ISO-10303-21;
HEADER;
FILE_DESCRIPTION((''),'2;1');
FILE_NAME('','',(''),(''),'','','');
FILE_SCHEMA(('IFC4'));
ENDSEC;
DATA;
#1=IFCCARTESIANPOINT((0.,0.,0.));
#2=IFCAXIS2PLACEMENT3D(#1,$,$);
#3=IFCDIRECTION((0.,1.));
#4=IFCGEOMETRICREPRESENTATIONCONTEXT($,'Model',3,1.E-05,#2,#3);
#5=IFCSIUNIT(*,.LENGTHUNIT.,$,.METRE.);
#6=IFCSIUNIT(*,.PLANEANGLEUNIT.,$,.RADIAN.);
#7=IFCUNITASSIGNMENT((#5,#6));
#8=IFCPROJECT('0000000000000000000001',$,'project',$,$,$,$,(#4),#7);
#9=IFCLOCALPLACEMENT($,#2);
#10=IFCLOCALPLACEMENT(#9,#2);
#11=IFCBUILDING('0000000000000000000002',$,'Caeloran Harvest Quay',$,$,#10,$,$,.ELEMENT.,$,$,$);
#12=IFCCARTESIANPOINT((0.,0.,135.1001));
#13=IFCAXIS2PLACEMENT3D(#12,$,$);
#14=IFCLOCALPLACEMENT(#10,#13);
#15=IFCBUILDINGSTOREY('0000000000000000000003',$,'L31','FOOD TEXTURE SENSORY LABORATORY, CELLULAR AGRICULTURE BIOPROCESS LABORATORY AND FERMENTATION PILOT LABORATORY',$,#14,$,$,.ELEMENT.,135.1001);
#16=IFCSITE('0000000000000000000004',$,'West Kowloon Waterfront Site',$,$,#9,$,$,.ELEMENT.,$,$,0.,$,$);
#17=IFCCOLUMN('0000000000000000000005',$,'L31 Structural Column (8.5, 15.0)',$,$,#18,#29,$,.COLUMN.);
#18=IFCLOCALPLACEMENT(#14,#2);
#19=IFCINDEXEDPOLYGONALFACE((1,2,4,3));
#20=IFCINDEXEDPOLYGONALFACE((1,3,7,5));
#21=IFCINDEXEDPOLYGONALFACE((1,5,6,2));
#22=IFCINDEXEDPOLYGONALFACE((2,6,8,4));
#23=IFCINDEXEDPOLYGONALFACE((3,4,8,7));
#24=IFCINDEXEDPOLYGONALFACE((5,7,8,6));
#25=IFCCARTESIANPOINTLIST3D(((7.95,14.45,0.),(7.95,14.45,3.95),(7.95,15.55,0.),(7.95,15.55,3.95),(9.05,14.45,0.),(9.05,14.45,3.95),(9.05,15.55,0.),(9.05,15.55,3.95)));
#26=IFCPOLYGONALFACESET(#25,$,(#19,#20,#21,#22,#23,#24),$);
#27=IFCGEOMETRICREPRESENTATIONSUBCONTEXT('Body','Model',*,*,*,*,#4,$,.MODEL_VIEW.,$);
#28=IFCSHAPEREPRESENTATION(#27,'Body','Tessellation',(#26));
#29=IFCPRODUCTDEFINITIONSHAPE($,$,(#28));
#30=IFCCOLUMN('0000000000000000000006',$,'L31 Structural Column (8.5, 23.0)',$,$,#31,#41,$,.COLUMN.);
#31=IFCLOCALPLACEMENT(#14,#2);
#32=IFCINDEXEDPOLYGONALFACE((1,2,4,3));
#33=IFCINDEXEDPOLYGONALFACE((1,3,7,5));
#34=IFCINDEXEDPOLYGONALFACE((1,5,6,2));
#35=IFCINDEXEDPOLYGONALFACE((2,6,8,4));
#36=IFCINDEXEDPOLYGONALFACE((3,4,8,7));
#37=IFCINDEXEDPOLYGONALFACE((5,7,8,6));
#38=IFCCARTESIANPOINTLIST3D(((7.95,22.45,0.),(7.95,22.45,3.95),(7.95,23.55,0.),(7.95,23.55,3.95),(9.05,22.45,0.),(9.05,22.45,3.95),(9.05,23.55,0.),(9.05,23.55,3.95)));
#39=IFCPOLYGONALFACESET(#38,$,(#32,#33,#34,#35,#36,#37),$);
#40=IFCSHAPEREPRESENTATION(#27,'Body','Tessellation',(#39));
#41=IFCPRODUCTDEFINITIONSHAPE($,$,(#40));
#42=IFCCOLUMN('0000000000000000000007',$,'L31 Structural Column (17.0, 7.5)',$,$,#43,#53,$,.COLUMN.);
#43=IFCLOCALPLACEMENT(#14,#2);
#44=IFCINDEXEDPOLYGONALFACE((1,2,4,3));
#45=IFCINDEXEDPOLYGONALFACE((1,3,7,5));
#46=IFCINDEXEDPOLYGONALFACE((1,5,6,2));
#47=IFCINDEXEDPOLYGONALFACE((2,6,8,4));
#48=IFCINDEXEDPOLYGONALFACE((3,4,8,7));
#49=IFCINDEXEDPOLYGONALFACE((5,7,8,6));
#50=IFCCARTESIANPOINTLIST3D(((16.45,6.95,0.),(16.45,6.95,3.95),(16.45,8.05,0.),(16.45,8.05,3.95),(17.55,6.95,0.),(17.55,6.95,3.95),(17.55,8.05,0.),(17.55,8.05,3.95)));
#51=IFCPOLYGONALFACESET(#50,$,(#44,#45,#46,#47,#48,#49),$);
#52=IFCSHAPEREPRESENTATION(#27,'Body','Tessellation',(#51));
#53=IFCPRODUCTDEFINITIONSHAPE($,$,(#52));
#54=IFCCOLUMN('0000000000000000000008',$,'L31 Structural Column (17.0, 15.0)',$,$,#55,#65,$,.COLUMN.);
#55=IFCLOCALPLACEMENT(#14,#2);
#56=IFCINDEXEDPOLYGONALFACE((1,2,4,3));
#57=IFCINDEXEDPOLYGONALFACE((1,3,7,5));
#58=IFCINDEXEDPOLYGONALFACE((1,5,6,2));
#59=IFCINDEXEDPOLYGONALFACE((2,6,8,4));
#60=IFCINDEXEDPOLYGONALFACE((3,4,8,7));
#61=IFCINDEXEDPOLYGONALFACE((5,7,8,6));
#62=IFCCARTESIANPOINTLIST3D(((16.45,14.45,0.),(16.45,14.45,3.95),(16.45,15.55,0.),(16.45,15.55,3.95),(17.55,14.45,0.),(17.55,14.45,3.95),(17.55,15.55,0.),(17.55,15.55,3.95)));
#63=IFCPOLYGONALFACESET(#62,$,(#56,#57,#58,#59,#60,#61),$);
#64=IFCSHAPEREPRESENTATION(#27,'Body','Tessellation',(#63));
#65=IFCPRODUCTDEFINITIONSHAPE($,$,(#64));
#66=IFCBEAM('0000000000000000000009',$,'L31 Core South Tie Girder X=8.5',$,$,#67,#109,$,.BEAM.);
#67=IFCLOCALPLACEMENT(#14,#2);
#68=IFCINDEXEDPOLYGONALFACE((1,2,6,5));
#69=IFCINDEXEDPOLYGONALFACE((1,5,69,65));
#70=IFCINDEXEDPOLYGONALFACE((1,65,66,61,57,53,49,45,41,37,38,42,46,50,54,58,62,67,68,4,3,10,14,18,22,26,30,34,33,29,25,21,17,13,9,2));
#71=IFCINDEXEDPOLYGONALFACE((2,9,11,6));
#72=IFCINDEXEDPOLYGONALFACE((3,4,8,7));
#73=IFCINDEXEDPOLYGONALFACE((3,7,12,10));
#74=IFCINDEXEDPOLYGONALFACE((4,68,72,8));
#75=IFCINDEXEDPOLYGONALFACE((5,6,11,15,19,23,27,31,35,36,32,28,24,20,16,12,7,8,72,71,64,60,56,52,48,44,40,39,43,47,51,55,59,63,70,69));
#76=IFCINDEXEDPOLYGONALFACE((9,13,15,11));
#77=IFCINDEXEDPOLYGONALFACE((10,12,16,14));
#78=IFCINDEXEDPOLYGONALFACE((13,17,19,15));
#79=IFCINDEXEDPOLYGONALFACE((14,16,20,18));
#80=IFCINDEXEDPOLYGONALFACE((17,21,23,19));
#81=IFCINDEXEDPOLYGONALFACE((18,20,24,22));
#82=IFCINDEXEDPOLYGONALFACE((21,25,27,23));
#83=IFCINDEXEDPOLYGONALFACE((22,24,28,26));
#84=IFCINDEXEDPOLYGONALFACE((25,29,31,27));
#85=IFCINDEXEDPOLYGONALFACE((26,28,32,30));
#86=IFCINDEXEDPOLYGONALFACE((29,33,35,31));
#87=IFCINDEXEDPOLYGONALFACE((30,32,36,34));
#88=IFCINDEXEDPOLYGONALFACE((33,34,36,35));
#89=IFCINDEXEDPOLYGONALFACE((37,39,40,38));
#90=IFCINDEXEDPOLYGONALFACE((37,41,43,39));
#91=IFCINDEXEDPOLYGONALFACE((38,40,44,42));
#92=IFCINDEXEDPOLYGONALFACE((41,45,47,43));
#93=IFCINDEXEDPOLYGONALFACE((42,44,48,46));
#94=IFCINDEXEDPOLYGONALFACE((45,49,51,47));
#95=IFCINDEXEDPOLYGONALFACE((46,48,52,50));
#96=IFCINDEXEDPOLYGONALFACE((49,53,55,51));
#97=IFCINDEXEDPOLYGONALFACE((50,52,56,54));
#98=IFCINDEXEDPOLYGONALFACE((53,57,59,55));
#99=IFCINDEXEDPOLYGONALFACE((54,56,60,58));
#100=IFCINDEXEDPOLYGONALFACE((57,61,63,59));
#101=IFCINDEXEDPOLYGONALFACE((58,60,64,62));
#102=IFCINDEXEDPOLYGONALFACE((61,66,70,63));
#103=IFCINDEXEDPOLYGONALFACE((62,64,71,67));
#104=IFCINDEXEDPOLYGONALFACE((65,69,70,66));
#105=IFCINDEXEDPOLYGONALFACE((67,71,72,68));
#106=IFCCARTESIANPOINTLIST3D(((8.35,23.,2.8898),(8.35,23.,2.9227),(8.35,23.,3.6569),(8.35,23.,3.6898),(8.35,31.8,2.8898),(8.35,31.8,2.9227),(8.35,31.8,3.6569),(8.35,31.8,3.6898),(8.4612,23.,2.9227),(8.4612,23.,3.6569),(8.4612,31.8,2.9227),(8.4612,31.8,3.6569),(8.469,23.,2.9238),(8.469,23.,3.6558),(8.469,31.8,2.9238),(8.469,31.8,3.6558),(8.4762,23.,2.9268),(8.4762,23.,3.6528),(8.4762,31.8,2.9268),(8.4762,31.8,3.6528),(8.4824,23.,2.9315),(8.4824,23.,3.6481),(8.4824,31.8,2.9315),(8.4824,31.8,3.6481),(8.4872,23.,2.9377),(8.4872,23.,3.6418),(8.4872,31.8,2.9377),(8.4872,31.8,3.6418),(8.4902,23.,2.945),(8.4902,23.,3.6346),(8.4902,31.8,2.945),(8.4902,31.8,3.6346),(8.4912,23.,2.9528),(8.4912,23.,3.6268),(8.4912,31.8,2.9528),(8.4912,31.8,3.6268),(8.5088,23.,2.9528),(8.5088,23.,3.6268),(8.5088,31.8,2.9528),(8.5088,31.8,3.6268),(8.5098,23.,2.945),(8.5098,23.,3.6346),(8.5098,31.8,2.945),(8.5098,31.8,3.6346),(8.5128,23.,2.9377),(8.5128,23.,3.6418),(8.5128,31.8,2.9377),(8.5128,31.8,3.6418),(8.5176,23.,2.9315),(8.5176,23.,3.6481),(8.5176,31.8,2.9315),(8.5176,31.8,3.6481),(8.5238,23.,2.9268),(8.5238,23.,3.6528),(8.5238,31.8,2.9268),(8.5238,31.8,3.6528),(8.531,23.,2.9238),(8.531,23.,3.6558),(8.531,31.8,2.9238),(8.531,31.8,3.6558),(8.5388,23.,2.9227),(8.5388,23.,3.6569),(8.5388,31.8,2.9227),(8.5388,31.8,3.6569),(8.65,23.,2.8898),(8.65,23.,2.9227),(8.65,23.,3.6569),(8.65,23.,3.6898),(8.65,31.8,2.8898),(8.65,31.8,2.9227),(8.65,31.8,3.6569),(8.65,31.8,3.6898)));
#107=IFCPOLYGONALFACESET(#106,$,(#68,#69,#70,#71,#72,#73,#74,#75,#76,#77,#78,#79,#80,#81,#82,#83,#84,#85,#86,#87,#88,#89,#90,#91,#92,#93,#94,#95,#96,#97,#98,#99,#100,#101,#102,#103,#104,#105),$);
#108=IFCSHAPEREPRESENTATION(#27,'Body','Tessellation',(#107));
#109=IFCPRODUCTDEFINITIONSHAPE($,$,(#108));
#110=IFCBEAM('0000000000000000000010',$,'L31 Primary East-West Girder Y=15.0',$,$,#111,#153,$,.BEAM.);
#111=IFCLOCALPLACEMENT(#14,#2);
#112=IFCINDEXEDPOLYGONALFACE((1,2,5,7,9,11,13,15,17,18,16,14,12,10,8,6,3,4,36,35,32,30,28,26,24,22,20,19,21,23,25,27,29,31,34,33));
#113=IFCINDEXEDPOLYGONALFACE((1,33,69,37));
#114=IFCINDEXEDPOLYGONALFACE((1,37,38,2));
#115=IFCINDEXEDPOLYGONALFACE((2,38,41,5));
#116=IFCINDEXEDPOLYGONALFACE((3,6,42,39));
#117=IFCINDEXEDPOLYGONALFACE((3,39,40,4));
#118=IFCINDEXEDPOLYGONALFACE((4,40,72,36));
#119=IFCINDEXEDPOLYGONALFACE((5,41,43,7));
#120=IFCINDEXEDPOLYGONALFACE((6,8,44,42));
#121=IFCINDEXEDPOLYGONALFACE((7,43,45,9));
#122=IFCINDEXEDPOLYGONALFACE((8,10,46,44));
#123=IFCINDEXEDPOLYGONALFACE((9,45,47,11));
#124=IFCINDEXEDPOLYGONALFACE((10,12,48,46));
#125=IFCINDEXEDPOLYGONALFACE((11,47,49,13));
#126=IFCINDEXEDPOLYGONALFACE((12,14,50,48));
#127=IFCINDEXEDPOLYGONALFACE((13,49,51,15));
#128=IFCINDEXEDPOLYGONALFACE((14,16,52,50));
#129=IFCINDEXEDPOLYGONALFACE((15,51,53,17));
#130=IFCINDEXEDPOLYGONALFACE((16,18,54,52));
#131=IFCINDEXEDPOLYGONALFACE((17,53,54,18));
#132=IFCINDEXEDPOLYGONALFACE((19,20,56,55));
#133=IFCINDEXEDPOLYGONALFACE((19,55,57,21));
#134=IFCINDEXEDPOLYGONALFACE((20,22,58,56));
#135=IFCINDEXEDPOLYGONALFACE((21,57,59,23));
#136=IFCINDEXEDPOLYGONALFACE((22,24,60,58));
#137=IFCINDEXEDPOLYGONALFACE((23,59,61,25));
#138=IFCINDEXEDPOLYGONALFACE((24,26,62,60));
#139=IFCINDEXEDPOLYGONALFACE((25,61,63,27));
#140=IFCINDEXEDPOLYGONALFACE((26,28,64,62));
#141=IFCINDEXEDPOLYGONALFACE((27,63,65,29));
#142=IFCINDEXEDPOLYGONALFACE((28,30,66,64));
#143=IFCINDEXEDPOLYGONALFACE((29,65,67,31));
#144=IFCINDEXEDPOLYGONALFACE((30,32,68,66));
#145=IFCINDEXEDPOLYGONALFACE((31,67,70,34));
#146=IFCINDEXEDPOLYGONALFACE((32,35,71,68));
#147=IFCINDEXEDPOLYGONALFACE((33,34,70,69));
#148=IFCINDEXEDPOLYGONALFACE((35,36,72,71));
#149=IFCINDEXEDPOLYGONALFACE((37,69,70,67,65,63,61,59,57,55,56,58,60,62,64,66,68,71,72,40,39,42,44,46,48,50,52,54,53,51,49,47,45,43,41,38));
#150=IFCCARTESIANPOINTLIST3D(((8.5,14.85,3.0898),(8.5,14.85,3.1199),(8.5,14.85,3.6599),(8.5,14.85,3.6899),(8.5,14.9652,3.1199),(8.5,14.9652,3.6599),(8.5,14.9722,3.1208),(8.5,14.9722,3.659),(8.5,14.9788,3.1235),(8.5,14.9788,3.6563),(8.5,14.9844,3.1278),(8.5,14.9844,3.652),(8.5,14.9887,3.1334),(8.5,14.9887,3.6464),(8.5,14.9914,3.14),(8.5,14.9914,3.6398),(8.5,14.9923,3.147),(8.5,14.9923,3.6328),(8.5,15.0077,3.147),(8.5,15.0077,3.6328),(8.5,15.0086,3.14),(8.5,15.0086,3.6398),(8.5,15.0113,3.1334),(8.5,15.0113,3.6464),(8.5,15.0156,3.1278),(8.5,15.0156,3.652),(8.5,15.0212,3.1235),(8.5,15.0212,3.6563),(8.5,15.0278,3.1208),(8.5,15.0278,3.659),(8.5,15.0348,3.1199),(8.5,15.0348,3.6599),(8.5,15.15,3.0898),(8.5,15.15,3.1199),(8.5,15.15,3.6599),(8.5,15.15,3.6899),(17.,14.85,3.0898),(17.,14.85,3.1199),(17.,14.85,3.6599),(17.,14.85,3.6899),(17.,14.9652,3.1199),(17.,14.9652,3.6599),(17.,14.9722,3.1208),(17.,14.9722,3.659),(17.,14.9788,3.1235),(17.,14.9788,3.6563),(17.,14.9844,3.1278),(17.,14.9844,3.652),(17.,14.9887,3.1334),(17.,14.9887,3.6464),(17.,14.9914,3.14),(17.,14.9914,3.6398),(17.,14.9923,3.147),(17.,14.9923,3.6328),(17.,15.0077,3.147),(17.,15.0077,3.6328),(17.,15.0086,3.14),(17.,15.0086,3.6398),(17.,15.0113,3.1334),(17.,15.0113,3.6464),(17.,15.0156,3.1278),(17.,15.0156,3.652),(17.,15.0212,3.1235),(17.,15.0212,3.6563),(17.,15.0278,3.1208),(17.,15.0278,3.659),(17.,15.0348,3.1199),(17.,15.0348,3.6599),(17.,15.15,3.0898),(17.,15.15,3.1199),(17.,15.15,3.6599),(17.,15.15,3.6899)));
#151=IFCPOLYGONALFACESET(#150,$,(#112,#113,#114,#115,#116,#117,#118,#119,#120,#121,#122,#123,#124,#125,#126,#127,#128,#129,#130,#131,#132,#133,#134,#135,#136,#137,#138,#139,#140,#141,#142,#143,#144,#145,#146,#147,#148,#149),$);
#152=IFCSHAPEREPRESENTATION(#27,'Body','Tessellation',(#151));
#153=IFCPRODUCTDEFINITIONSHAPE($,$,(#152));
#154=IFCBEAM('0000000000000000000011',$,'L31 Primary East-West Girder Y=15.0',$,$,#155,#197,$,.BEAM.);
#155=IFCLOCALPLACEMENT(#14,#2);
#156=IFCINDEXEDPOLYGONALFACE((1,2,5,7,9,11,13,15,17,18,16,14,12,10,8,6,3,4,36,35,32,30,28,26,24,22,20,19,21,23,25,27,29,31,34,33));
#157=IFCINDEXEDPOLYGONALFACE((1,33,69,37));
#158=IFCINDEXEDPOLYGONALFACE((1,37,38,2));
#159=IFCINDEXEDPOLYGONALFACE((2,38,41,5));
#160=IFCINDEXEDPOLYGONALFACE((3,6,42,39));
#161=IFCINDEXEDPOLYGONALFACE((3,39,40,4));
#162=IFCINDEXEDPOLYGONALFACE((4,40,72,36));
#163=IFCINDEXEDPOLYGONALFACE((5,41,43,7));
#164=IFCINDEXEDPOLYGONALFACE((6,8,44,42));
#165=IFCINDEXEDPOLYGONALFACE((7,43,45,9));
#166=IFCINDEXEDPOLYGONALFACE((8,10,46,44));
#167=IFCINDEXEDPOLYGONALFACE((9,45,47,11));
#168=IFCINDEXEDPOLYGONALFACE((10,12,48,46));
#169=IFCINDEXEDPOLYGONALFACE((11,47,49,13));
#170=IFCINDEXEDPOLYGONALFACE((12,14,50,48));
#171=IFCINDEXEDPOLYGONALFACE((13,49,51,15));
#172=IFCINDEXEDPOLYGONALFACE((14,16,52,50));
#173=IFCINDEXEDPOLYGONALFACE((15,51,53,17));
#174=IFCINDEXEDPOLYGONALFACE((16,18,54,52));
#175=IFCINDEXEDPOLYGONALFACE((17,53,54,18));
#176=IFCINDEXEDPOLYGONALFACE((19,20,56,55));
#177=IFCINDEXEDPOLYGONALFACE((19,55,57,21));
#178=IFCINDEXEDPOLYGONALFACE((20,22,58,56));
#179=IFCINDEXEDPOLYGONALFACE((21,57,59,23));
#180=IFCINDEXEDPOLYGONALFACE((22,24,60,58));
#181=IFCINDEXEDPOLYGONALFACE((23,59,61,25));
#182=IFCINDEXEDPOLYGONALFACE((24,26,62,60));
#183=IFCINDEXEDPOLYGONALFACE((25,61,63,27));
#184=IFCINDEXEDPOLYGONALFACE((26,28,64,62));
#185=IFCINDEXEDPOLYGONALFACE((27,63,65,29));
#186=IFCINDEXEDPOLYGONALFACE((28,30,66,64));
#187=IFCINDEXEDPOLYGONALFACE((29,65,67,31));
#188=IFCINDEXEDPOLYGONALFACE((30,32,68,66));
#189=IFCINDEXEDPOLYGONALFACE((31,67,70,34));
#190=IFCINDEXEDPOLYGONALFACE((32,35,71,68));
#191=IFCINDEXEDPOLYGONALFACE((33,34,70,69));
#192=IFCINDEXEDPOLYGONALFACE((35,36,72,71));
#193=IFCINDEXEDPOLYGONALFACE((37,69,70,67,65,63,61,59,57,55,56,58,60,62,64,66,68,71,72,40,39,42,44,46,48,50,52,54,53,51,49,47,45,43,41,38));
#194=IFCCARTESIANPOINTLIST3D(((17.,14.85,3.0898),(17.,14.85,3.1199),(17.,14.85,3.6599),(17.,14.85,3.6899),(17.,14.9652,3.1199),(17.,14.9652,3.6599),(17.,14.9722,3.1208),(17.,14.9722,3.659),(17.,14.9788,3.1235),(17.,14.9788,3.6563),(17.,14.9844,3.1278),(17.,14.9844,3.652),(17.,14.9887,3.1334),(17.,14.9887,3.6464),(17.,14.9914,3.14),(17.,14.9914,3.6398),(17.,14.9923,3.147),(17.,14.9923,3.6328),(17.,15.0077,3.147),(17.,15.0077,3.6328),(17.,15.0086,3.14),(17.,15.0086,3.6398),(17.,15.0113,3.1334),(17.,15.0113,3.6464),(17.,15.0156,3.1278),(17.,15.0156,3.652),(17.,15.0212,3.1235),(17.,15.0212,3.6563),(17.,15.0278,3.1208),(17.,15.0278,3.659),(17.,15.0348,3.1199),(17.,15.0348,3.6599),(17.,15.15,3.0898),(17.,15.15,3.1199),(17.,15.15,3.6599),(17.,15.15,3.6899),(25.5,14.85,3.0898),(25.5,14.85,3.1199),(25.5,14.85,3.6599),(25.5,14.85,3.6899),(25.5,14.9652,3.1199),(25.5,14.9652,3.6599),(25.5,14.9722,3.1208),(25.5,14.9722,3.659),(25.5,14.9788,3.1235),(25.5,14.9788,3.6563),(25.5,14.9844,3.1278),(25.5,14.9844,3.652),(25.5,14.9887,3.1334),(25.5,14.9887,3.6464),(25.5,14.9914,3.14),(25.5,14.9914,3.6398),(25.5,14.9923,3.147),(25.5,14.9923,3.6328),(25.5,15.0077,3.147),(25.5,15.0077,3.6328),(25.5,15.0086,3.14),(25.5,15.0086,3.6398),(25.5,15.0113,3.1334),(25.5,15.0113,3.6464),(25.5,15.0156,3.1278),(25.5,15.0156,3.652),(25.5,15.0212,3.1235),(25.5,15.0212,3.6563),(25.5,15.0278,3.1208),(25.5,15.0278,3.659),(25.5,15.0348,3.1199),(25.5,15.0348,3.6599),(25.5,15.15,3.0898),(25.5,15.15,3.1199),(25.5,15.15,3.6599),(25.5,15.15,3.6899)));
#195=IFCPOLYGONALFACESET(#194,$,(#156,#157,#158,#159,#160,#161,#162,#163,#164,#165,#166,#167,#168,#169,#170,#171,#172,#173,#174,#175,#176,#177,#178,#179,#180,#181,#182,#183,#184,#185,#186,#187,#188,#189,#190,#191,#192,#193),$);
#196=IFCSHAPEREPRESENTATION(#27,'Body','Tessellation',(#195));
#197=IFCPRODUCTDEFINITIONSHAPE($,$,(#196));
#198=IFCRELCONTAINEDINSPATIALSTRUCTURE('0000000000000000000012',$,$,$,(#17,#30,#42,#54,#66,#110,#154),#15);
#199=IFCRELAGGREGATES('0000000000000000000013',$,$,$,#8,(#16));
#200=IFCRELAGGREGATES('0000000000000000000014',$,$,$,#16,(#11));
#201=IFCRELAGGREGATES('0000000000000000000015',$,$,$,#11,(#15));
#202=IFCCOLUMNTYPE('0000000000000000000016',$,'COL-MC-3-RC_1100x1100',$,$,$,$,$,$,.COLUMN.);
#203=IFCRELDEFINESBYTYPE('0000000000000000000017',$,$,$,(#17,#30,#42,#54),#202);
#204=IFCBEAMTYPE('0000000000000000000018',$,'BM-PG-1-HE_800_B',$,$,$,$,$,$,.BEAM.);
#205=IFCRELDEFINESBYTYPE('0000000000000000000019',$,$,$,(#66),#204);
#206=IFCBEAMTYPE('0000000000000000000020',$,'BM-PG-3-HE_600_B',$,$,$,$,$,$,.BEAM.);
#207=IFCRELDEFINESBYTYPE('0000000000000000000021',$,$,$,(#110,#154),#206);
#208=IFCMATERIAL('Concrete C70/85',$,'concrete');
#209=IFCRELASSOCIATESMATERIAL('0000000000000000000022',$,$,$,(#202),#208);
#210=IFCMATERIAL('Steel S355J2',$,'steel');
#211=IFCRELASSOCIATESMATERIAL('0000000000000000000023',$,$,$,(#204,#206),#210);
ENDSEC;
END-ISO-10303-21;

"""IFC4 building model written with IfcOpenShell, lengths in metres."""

from ifc_helpers import new_model, si_unit, direction, frame, origin, origin_2d, place, context, subcontext, project, spatial, rectangle, i_section, extrude, material, material_profile, profile_set, type_object, element, save


model = new_model("IFC4")

# Units and contexts
model_context = context("Model", 3, precision=1e-05, world=origin(), true_north=direction((0.0, 1.0)))
body_context = subcontext(model_context, "Body", "Model", "MODEL_VIEW")
ifc_project = project(units=[si_unit("LENGTHUNIT", "METRE"), si_unit("PLANEANGLEUNIT", "RADIAN")], contexts=[model_context])

# Site, building, storey
site_placement = place(None, origin())
site = spatial("IfcSite", under=ifc_project, at=site_placement, Name="West Kowloon Waterfront Site", CompositionType="ELEMENT", RefElevation=0.0)
building_placement = place(site_placement, origin())
building = spatial("IfcBuilding", under=site, at=building_placement, Name="Caeloran Harvest Quay", CompositionType="ELEMENT")
storey_placement = place(building_placement, frame((0.0, 0.0, 135.1001)))
storey = spatial("IfcBuildingStorey", under=building, at=storey_placement, Name="L31", Description="FOOD TEXTURE SENSORY LABORATORY, CELLULAR AGRICULTURE BIOPROCESS LABORATORY AND FERMENTATION PILOT LABORATORY", CompositionType="ELEMENT", Elevation=135.1001)

# Columns
ifc_material_1 = material(Name="Concrete C70/85", Category="concrete")
ifc_material_profile_1 = material_profile(ifc_material_1, rectangle(XDim=1.1001, YDim=1.1001, at=origin_2d()), Name="RC 1100x1100")
ifc_profile_set_1 = profile_set([ifc_material_profile_1], Name="Concrete C70/85")
column_type = type_object("IfcColumnType", Name="COL-MC-3-RC_1100x1100", PredefinedType="COLUMN", material=ifc_profile_set_1)
for number, where, z_axis, x_axis, name in (
    (1, (8.5, 15.0, 0.0), (0.0, 0.0, 1.0), (1.0, 0.0, 0.0), "L31 Structural Column (8.5, 15.0)"),
    (2, (8.5, 23.0, 0.0), (0.0, 0.0, 1.0), (1.0, 0.0, 0.0), "L31 Structural Column (8.5, 23.0)"),
    (3, (17.0, 7.5, 0.0), (0.0, 0.0, 1.0), (1.0, 0.0, 0.0), "L31 Structural Column (17.0, 7.5)"),
    (4, (17.0, 15.0, 0.0), (0.0, 0.0, 1.0), (1.0, 0.0, 0.0), "L31 Structural Column (17.0, 15.0)"),
):
    element("IfcColumn", number, at=place(storey_placement, frame(where, z_axis=z_axis, x_axis=x_axis)), inside=storey, type_object=column_type, Name=name, PredefinedType="COLUMN", context=body_context, shape_type="SweptSolid", body=[
        extrude(rectangle(XDim=1.1001, YDim=1.1001, at=origin_2d()), origin(), (0.0, 0.0, 1.0), 3.95),
    ])

# Beams
ifc_material_2 = material(Name="Steel S355J2", Category="steel")
ifc_material_profile_2 = material_profile(ifc_material_2, i_section(OverallWidth=0.3, OverallDepth=0.8, WebThickness=0.0176, FlangeThickness=0.033, FilletRadius=0.03, at=origin_2d()), Name="HE 800 B")
ifc_profile_set_2 = profile_set([ifc_material_profile_2], Name="Steel S355J2")
beam_type_1 = type_object("IfcBeamType", Name="BM-PG-1-HE_800_B", PredefinedType="BEAM", material=ifc_profile_set_2)
beam_1_placement = place(storey_placement, frame((8.5, 23.0, 3.2898), z_axis=(0.0, 1.0, 0.0), x_axis=(-1.0, 0.0, 0.0)))
element("IfcBeam", 5, at=beam_1_placement, inside=storey, type_object=beam_type_1, Name="L31 Core South Tie Girder X=8.5", PredefinedType="BEAM", context=body_context, shape_type="SweptSolid", body=[
    extrude(i_section(OverallWidth=0.3, OverallDepth=0.8, WebThickness=0.0176, FlangeThickness=0.033, FilletRadius=0.03, at=origin_2d()), origin(), (0.0, 0.0, 1.0), 8.8),
])
ifc_material_profile_3 = material_profile(ifc_material_2, i_section(OverallWidth=0.3, OverallDepth=0.6001, WebThickness=0.0154, FlangeThickness=0.03, FilletRadius=0.0271, at=origin_2d()), Name="HE 600 B")
ifc_profile_set_3 = profile_set([ifc_material_profile_3], Name="Steel S355J2")
beam_type_2 = type_object("IfcBeamType", Name="BM-PG-3-HE_600_B", PredefinedType="BEAM", material=ifc_profile_set_3)
for number, where, z_axis, x_axis, name in (
    (6, (8.5, 15.0, 3.3899), (1.0, 0.0, 0.0), (0.0, 1.0, 0.0), "L31 Primary East-West Girder Y=15.0"),
    (7, (17.0, 15.0, 3.3899), (1.0, 0.0, 0.0), (0.0, 1.0, 0.0), "L31 Primary East-West Girder Y=15.0"),
):
    element("IfcBeam", number, at=place(storey_placement, frame(where, z_axis=z_axis, x_axis=x_axis)), inside=storey, type_object=beam_type_2, Name=name, PredefinedType="BEAM", context=body_context, shape_type="SweptSolid", body=[
        extrude(i_section(OverallWidth=0.3, OverallDepth=0.6001, WebThickness=0.0154, FlangeThickness=0.03, FilletRadius=0.0271, at=origin_2d()), origin(), (0.0, 0.0, 1.0), 8.5),
    ])

save(model, "model.ifc")
